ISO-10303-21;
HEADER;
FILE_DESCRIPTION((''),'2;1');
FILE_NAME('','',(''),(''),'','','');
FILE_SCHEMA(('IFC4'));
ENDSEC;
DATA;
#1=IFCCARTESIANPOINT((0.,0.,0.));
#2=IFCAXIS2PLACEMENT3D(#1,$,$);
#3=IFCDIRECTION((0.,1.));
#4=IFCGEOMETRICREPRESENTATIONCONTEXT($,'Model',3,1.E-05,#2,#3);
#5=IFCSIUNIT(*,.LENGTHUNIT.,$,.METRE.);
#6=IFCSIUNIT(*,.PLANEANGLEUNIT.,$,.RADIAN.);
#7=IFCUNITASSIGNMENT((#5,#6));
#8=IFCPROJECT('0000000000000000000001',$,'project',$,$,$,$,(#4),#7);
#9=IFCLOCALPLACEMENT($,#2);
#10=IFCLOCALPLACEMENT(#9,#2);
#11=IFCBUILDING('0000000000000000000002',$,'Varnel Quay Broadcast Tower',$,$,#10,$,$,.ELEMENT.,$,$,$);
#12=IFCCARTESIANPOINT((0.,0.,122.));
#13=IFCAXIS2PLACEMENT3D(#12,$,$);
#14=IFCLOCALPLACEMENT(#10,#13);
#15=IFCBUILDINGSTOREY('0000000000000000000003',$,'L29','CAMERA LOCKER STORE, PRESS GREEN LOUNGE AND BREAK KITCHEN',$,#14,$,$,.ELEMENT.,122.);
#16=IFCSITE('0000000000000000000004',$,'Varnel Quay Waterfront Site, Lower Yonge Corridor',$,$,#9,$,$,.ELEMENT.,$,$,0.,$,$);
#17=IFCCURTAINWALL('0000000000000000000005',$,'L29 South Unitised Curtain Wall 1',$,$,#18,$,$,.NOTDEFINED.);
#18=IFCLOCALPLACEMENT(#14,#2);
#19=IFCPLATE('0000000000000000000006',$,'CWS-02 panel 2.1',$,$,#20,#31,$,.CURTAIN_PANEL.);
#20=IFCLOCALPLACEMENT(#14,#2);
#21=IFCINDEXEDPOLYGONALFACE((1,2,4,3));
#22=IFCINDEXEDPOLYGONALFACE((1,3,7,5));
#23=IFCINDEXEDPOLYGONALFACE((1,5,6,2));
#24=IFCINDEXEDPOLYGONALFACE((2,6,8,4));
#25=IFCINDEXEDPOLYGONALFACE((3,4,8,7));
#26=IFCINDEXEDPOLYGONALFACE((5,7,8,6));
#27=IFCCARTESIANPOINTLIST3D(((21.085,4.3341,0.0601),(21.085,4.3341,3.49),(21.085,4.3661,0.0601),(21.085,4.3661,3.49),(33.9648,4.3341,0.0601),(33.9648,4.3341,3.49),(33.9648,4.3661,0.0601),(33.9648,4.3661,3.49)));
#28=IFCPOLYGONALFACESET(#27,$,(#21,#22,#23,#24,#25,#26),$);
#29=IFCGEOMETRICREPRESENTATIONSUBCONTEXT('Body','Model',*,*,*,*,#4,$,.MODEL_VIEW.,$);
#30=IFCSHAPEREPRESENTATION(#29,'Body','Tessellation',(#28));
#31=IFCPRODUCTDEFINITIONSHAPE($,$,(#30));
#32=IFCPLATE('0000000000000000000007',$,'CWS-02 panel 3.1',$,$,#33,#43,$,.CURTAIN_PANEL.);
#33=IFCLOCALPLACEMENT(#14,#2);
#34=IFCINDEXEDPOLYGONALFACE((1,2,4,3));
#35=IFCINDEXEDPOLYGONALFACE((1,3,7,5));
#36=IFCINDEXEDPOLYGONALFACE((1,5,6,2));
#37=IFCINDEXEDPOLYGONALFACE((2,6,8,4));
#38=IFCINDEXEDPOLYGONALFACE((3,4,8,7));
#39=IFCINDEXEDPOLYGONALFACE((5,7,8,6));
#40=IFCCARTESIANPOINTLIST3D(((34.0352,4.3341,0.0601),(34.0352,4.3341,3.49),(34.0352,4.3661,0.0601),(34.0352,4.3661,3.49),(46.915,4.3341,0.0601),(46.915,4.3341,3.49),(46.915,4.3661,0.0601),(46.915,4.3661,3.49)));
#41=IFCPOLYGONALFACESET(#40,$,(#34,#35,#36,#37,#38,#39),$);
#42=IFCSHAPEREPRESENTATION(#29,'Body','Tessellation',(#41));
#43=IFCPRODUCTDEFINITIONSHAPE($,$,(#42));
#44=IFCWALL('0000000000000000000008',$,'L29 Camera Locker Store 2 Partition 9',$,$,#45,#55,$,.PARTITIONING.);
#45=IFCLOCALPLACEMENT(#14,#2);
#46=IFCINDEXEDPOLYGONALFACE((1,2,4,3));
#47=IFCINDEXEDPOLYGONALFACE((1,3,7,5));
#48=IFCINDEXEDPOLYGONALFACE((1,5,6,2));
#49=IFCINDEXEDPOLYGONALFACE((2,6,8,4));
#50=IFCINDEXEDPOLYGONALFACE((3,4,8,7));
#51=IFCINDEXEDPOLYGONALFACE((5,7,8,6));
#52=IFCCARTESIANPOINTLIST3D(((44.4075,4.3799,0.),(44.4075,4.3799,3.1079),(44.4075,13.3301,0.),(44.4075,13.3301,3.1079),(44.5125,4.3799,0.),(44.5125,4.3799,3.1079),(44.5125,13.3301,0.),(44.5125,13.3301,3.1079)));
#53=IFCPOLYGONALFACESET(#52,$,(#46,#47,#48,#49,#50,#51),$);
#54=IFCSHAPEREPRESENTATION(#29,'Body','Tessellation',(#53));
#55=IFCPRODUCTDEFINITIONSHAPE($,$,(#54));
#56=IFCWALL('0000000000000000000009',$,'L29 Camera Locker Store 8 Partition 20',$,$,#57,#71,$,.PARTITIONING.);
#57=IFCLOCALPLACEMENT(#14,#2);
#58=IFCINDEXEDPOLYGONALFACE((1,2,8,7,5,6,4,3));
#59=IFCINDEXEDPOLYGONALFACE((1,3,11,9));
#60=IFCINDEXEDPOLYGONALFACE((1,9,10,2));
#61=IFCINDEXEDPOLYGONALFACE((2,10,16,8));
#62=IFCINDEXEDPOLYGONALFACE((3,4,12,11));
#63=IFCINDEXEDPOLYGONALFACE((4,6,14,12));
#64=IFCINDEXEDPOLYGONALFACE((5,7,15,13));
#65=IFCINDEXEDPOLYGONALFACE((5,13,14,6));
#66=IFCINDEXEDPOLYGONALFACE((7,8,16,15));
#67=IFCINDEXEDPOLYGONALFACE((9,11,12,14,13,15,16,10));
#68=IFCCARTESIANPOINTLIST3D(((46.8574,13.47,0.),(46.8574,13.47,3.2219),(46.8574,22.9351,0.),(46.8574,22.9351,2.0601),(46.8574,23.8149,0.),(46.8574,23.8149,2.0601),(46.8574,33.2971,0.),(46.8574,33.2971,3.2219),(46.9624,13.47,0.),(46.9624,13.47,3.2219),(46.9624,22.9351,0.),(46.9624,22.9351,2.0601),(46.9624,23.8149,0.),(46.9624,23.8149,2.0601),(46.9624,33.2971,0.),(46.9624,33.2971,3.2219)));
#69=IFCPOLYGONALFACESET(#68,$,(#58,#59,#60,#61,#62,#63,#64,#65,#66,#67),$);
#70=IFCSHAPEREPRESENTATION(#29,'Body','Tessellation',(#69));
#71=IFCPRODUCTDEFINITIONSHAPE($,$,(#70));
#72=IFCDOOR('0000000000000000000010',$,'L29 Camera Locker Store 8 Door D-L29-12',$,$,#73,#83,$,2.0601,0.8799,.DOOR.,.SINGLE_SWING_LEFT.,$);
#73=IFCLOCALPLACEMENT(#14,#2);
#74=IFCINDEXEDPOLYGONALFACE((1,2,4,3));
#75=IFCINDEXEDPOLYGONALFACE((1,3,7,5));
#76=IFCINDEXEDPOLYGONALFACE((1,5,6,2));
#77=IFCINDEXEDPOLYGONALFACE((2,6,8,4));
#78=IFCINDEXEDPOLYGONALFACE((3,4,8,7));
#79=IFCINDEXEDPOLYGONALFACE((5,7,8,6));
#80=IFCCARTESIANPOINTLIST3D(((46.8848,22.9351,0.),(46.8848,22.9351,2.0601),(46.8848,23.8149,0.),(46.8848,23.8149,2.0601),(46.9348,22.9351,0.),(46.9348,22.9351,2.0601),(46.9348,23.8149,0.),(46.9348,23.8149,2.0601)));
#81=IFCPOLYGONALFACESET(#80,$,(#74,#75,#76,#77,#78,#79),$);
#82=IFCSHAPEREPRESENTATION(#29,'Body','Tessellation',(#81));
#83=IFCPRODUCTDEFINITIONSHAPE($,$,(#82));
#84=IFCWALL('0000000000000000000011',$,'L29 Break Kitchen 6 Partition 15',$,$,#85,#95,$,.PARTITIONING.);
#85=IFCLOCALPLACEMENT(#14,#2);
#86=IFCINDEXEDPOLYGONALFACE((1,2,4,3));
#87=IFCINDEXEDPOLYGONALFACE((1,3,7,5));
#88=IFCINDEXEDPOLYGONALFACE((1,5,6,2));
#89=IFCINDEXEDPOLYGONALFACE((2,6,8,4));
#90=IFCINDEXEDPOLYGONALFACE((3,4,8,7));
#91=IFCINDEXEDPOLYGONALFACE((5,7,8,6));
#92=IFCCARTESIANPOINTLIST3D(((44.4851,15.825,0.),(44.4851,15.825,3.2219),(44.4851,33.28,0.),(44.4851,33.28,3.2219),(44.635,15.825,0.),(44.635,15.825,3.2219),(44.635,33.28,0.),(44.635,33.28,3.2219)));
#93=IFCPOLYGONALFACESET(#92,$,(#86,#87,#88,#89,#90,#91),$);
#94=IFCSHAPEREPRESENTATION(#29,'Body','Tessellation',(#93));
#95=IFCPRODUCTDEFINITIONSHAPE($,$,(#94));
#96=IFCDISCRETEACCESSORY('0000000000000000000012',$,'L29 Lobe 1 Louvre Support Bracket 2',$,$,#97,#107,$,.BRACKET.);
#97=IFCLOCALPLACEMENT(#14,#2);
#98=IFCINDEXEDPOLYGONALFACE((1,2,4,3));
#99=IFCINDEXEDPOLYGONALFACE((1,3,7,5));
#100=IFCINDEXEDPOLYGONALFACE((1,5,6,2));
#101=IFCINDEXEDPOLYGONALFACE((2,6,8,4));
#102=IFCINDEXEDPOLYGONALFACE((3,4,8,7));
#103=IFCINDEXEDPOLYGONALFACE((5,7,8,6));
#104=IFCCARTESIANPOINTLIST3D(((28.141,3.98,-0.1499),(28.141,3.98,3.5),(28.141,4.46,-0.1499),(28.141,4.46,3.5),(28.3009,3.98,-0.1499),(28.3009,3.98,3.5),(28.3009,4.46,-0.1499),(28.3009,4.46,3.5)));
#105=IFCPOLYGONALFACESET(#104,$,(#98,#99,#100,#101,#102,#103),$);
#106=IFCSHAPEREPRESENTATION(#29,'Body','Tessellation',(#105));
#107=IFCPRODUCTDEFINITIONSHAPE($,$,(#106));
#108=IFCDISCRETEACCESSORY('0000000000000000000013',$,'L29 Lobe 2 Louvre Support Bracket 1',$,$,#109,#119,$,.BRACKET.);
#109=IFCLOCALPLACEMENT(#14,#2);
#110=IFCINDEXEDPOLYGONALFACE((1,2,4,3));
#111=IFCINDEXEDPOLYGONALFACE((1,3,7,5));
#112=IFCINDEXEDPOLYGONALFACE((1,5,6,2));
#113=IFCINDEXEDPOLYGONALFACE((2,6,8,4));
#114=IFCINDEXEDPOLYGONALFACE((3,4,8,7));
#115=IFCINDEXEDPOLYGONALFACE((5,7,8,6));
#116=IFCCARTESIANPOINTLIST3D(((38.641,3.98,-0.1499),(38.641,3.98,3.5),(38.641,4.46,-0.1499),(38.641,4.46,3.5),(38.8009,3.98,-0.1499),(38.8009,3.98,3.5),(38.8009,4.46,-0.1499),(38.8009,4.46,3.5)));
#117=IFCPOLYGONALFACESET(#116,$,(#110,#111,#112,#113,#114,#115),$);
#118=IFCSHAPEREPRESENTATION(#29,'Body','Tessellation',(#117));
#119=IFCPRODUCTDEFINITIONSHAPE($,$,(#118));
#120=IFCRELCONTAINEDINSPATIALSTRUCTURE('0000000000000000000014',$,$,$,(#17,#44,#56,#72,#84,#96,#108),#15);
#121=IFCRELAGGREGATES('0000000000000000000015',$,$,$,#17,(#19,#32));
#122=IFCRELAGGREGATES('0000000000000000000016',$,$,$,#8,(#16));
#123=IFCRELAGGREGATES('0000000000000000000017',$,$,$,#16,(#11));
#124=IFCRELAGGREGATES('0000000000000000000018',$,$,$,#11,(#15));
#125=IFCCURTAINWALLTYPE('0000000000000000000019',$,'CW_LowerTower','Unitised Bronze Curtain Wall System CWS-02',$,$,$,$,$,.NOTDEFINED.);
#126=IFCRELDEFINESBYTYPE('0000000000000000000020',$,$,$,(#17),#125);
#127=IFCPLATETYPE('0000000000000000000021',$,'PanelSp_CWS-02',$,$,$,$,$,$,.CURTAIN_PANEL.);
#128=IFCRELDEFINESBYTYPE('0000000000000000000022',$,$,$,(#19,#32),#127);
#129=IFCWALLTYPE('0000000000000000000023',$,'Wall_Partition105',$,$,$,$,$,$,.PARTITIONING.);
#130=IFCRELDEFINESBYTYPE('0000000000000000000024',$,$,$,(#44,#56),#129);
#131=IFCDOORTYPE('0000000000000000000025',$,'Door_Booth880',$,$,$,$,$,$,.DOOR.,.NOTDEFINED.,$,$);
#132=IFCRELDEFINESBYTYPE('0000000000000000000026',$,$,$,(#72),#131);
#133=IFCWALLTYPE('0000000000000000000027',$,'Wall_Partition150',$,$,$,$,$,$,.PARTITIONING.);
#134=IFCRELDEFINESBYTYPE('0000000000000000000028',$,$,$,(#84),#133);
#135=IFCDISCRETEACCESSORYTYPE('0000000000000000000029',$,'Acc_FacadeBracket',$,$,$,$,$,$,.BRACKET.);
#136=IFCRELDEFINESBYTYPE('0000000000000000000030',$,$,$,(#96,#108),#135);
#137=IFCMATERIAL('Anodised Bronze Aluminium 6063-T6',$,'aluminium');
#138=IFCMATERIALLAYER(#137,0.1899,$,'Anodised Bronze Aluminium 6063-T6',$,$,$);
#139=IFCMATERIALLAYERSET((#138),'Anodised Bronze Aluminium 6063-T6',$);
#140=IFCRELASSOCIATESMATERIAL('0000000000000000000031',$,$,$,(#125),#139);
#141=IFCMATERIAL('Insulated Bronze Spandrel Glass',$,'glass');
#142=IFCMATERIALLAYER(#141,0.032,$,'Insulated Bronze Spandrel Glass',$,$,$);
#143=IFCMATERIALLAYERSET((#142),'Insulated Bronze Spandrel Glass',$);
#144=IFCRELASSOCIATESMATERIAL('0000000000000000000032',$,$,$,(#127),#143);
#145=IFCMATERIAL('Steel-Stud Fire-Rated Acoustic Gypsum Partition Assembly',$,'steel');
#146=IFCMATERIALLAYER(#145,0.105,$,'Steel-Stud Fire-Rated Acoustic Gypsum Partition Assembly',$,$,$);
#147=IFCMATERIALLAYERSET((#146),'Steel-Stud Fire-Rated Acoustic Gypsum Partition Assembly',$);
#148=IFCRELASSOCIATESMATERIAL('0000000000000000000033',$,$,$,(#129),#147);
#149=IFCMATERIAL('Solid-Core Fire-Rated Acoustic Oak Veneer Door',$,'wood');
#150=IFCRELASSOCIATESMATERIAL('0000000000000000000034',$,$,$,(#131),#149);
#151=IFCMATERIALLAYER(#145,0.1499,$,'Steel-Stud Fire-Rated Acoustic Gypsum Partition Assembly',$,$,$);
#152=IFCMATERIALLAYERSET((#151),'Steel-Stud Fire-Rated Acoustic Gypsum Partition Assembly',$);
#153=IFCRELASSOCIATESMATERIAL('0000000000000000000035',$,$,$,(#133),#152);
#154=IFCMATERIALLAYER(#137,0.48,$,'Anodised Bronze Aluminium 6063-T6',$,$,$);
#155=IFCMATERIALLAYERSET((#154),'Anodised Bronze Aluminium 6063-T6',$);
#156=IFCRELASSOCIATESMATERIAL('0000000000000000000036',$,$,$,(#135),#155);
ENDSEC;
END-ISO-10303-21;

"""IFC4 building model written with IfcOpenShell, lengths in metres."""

from ifc_helpers import new_model, si_unit, direction, frame, frame_2d, origin, origin_2d, place, context, subcontext, project, spatial, rectangle, extrude, source, transform, mapped, material, layer, layer_set, type_object, type_shapes, element, fill, aggregate, save


model = new_model("IFC4")

# Units and contexts
model_context = context("Model", 3, precision=1e-05, world=origin(), true_north=direction((0.0, 1.0)))
body_context = subcontext(model_context, "Body", "Model", "MODEL_VIEW")
ifc_project = project(units=[si_unit("LENGTHUNIT", "METRE"), si_unit("PLANEANGLEUNIT", "RADIAN")], contexts=[model_context])

# Site, building, storey
site_placement = place(None, origin())
site = spatial("IfcSite", under=ifc_project, at=site_placement, Name="Varnel Quay Waterfront Site, Lower Yonge Corridor", CompositionType="ELEMENT", RefElevation=0.0)
building_placement = place(site_placement, origin())
building = spatial("IfcBuilding", under=site, at=building_placement, Name="Varnel Quay Broadcast Tower", CompositionType="ELEMENT")
storey_placement = place(building_placement, frame((0.0, 0.0, 122.0)))
storey = spatial("IfcBuildingStorey", under=building, at=storey_placement, Name="L29", Description="CAMERA LOCKER STORE, PRESS GREEN LOUNGE AND BREAK KITCHEN", CompositionType="ELEMENT", Elevation=122.0)

# Curtain wall, plates
ifc_material_1 = material(Name="Anodised Bronze Aluminium 6063-T6", Category="aluminium")
ifc_layer_1 = layer(ifc_material_1, 0.1899, Name="Anodised Bronze Aluminium 6063-T6")
ifc_layer_set_1 = layer_set([ifc_layer_1], Name="Anodised Bronze Aluminium 6063-T6")
curtain_wall_type = type_object("IfcCurtainWallType", Name="CW_LowerTower", Description="Unitised Bronze Curtain Wall System CWS-02", PredefinedType="NOTDEFINED", material=ifc_layer_set_1)
curtain_wall_placement = place(storey_placement, origin())
curtain_wall = element("IfcCurtainWall", 1, at=curtain_wall_placement, inside=storey, type_object=curtain_wall_type, Name="L29 South Unitised Curtain Wall 1", PredefinedType="NOTDEFINED")
ifc_material_2 = material(Name="Insulated Bronze Spandrel Glass", Category="glass")
ifc_layer_2 = layer(ifc_material_2, 0.032, Name="Insulated Bronze Spandrel Glass")
ifc_layer_set_2 = layer_set([ifc_layer_2], Name="Insulated Bronze Spandrel Glass")
plate_type = type_object("IfcPlateType", Name="PanelSp_CWS-02", PredefinedType="CURTAIN_PANEL", material=ifc_layer_set_2)
shared_shape_1 = source(origin(), body_context, "Body", "SweptSolid", [
    extrude(rectangle(XDim=12.8799, YDim=0.032, at=origin_2d()), origin(), (0.0, 0.0, 1.0), 3.4299),
])
type_shapes(plate_type, [shared_shape_1])
plate_1_placement = place(storey_placement, frame((27.5249, 4.3501, 0.0601), z_axis=(0.0, 0.0, 1.0), x_axis=(1.0, 0.0, 0.0)))
plate_1 = element("IfcPlate", 2, at=plate_1_placement, type_object=plate_type, Name="CWS-02 panel 2.1", PredefinedType="CURTAIN_PANEL", context=body_context, shape_type="MappedRepresentation", body=[
    mapped(shared_shape_1, transform((0.0, 0.0, 0.0), x_axis=(1.0, 0.0, 0.0), y_axis=(0.0, 1.0, 0.0), z_axis=(0.0, 0.0, 1.0), scale=1.0)),
])
plate_2_placement = place(storey_placement, frame((40.4751, 4.3501, 0.0601), z_axis=(0.0, 0.0, 1.0), x_axis=(1.0, 0.0, 0.0)))
plate_2 = element("IfcPlate", 3, at=plate_2_placement, type_object=plate_type, Name="CWS-02 panel 3.1", PredefinedType="CURTAIN_PANEL", context=body_context, shape_type="MappedRepresentation", body=[
    mapped(shared_shape_1, transform((0.0, 0.0, 0.0), x_axis=(1.0, 0.0, 0.0), y_axis=(0.0, 1.0, 0.0), z_axis=(0.0, 0.0, 1.0), scale=1.0)),
])
aggregate(curtain_wall, [plate_1, plate_2])

# Wall
ifc_material_3 = material(Name="Steel-Stud Fire-Rated Acoustic Gypsum Partition Assembly", Category="steel")
ifc_layer_3 = layer(ifc_material_3, 0.105, Name="Steel-Stud Fire-Rated Acoustic Gypsum Partition Assembly")
ifc_layer_set_3 = layer_set([ifc_layer_3], Name="Steel-Stud Fire-Rated Acoustic Gypsum Partition Assembly")
wall_type_1 = type_object("IfcWallType", Name="Wall_Partition105", PredefinedType="PARTITIONING", material=ifc_layer_set_3)
wall_1_placement = place(storey_placement, frame((44.46, 4.3799, 0.0), z_axis=(0.0, 0.0, 1.0), x_axis=(0.0, 1.0, 0.0)))
element("IfcWall", 4, at=wall_1_placement, inside=storey, type_object=wall_type_1, Name="L29 Camera Locker Store 2 Partition 9", PredefinedType="PARTITIONING", context=body_context, shape_type="SweptSolid", body=[
    extrude(rectangle(XDim=8.9502, YDim=0.105, at=frame_2d((4.4751, 0.0))), origin(), (0.0, 0.0, 1.0), 3.1079),
])

# Wall, opening, door
wall_2_placement = place(storey_placement, frame((46.9099, 13.47, 0.0), z_axis=(0.0, 0.0, 1.0), x_axis=(0.0, 1.0, 0.0)))
wall_2 = element("IfcWall", 5, at=wall_2_placement, inside=storey, type_object=wall_type_1, Name="L29 Camera Locker Store 8 Partition 20", PredefinedType="PARTITIONING", context=body_context, shape_type="SweptSolid", body=[
    extrude(rectangle(XDim=19.8271, YDim=0.105, at=frame_2d((9.9136, 0.0))), origin(), (0.0, 0.0, 1.0), 3.2219),
])
opening_placement = place(wall_2_placement, frame((9.4651, 0.0, 0.0)))
opening = element("IfcOpeningElement", 6, at=opening_placement, cuts=wall_2, PredefinedType="OPENING", context=body_context, shape_type="SweptSolid", body=[
    extrude(rectangle(XDim=0.8799, YDim=2.0601, at=frame_2d((0.4399, 1.03))), frame((0.0, 0.0625, 0.0), z_axis=(0.0, -1.0, 0.0), x_axis=(1.0, 0.0, 0.0)), (0.0, 0.0, 1.0), 0.125),
])
ifc_material_4 = material(Name="Solid-Core Fire-Rated Acoustic Oak Veneer Door", Category="wood")
door_type = type_object("IfcDoorType", Name="Door_Booth880", OperationType="NOTDEFINED", PredefinedType="DOOR", material=ifc_material_4)
shared_shape_2 = source(origin(), body_context, "Body", "SweptSolid", [
    extrude(rectangle(XDim=0.8799, YDim=2.0601, at=frame_2d((0.4399, 1.03))), frame((0.0, 0.0249, 0.0), z_axis=(0.0, -1.0, 0.0), x_axis=(1.0, 0.0, 0.0)), (0.0, 0.0, 1.0), 0.05),
])
type_shapes(door_type, [shared_shape_2])
door_placement = place(opening_placement, frame((0.8799, 0.0, 0.0), z_axis=(0.0, 0.0, 1.0), x_axis=(-1.0, 0.0, 0.0)))
door = element("IfcDoor", 7, at=door_placement, inside=storey, type_object=door_type, Name="L29 Camera Locker Store 8 Door D-L29-12", OperationType="SINGLE_SWING_LEFT", OverallHeight=2.0601, OverallWidth=0.8799, PredefinedType="DOOR", context=body_context, shape_type="MappedRepresentation", body=[
    mapped(shared_shape_2, transform((0.0, 0.0, 0.0), x_axis=(1.0, 0.0, 0.0), y_axis=(0.0, 1.0, 0.0), z_axis=(0.0, 0.0, 1.0), scale=1.0)),
])
fill(opening, door)

# Wall
ifc_layer_4 = layer(ifc_material_3, 0.1499, Name="Steel-Stud Fire-Rated Acoustic Gypsum Partition Assembly")
ifc_layer_set_4 = layer_set([ifc_layer_4], Name="Steel-Stud Fire-Rated Acoustic Gypsum Partition Assembly")
wall_type_2 = type_object("IfcWallType", Name="Wall_Partition150", PredefinedType="PARTITIONING", material=ifc_layer_set_4)
wall_3_placement = place(storey_placement, frame((44.5601, 15.825, 0.0), z_axis=(0.0, 0.0, 1.0), x_axis=(0.0, 1.0, 0.0)))
element("IfcWall", 8, at=wall_3_placement, inside=storey, type_object=wall_type_2, Name="L29 Break Kitchen 6 Partition 15", PredefinedType="PARTITIONING", context=body_context, shape_type="SweptSolid", body=[
    extrude(rectangle(XDim=17.4551, YDim=0.1499, at=frame_2d((8.7275, 0.0))), origin(), (0.0, 0.0, 1.0), 3.2219),
])

# Discrete accessories
ifc_layer_5 = layer(ifc_material_1, 0.48, Name="Anodised Bronze Aluminium 6063-T6")
ifc_layer_set_5 = layer_set([ifc_layer_5], Name="Anodised Bronze Aluminium 6063-T6")
discrete_accessory_type = type_object("IfcDiscreteAccessoryType", Name="Acc_FacadeBracket", PredefinedType="BRACKET", material=ifc_layer_set_5)
shared_shape_3 = source(origin(), body_context, "Body", "SweptSolid", [
    extrude(rectangle(XDim=0.1599, YDim=0.48, at=origin_2d()), origin(), (0.0, 0.0, 1.0), 3.6499),
])
type_shapes(discrete_accessory_type, [shared_shape_3])
for number, where, z_axis, x_axis, name in (
    (9, (28.2209, 4.22, -0.1499), (0.0, 0.0, 1.0), (1.0, 0.0, 0.0), "L29 Lobe 1 Louvre Support Bracket 2"),
    (10, (38.7209, 4.22, -0.1499), (0.0, 0.0, 1.0), (1.0, 0.0, 0.0), "L29 Lobe 2 Louvre Support Bracket 1"),
):
    element("IfcDiscreteAccessory", number, at=place(storey_placement, frame(where, z_axis=z_axis, x_axis=x_axis)), inside=storey, type_object=discrete_accessory_type, Name=name, PredefinedType="BRACKET", context=body_context, shape_type="MappedRepresentation", body=[
        mapped(shared_shape_3, transform((0.0, 0.0, 0.0), x_axis=(1.0, 0.0, 0.0), y_axis=(0.0, 1.0, 0.0), z_axis=(0.0, 0.0, 1.0), scale=1.0)),
    ])

save(model, "model.ifc")
